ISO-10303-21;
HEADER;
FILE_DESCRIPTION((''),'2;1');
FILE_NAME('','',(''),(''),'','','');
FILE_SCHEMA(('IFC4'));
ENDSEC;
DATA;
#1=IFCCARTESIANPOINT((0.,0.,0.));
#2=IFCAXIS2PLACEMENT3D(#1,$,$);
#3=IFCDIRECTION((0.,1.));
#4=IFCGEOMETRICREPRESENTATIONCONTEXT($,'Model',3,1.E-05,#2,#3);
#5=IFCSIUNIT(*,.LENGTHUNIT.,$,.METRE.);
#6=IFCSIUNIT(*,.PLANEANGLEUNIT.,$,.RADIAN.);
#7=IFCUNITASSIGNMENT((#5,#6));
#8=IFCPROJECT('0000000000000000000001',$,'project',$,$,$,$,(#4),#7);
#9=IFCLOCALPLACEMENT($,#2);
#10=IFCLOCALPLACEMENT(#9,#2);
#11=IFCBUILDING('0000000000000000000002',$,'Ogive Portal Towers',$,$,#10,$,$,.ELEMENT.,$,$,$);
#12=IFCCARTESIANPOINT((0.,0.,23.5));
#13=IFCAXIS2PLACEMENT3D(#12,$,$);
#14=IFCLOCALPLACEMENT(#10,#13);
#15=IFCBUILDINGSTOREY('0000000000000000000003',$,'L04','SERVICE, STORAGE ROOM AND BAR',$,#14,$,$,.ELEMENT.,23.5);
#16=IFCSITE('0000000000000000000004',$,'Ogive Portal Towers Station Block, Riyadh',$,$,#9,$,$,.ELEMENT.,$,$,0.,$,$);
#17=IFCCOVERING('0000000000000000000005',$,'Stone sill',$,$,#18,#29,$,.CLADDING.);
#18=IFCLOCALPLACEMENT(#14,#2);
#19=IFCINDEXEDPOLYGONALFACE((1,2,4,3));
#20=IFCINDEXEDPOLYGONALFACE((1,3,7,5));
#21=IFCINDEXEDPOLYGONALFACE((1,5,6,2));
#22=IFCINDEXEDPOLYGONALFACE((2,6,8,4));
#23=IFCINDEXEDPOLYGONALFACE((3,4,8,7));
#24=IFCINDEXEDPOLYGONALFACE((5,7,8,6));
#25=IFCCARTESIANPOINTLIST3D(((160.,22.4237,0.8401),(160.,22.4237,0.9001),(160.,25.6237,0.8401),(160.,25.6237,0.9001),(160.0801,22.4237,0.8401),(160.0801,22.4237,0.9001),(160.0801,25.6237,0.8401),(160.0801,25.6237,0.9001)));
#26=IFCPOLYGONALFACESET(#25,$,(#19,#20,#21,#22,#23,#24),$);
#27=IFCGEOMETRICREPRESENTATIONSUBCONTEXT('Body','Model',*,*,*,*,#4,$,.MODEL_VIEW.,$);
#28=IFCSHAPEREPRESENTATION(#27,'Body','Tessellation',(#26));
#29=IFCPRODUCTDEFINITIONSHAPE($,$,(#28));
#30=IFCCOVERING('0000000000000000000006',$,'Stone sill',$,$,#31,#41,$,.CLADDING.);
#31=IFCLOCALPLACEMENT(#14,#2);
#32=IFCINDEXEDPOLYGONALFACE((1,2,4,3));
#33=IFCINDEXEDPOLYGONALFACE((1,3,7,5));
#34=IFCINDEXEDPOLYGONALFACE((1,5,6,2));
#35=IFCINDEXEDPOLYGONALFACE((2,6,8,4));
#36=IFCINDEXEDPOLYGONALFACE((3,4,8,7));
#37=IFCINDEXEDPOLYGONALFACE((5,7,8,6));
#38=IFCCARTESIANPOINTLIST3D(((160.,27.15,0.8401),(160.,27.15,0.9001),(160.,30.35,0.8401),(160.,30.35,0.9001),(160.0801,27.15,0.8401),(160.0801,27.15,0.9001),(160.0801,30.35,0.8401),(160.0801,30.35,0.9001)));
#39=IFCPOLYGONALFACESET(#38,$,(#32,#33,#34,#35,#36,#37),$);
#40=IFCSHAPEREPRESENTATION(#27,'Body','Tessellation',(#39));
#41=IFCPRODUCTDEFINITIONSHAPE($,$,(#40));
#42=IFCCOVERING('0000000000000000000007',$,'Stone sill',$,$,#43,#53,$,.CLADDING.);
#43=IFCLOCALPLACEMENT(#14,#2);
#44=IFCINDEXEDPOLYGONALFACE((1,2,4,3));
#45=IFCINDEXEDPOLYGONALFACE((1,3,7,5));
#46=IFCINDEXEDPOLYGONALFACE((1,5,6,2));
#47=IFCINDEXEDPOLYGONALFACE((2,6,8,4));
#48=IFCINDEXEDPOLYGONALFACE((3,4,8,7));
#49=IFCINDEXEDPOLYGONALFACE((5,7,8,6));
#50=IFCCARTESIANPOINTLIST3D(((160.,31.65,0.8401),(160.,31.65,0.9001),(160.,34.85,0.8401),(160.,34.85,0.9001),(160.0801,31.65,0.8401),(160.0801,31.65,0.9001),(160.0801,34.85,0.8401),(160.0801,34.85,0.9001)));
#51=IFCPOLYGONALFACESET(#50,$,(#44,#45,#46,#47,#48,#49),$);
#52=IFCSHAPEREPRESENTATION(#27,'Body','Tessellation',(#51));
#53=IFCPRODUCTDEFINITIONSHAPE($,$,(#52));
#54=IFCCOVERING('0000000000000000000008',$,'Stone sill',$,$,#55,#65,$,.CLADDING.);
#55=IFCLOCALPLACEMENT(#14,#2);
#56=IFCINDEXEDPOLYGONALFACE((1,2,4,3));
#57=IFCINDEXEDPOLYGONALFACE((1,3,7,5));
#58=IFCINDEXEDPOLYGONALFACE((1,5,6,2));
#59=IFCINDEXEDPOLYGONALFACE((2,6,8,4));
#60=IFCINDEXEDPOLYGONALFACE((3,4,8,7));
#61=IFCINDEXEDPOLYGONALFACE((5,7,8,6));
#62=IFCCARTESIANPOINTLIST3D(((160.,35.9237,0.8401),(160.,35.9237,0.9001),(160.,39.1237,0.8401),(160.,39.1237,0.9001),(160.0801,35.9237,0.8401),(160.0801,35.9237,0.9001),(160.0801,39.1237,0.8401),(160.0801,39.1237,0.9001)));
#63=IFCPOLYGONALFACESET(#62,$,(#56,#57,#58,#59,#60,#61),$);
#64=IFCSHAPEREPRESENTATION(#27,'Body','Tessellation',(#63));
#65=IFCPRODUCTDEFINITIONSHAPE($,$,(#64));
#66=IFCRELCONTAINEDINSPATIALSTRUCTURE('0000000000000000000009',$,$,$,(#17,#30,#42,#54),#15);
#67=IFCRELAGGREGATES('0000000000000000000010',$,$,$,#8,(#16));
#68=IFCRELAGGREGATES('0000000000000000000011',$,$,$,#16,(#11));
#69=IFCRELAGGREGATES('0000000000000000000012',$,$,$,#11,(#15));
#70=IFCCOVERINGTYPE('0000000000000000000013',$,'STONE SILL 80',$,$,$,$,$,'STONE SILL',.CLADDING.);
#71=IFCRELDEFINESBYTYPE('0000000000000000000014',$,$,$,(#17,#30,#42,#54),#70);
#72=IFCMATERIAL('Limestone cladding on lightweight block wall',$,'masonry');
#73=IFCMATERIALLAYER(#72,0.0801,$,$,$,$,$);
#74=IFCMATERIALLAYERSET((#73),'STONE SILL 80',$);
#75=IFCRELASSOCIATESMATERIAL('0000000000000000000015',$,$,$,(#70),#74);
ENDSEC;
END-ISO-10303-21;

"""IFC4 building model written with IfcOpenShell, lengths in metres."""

from ifc_helpers import new_model, si_unit, direction, frame, origin, origin_2d, place, context, subcontext, project, spatial, rectangle, extrude, material, layer, layer_set, type_object, element, save


model = new_model("IFC4")

# Units and contexts
model_context = context("Model", 3, precision=1e-05, world=origin(), true_north=direction((0.0, 1.0)))
body_context = subcontext(model_context, "Body", "Model", "MODEL_VIEW")
ifc_project = project(units=[si_unit("LENGTHUNIT", "METRE"), si_unit("PLANEANGLEUNIT", "RADIAN")], contexts=[model_context])

# Site, building, storey
site_placement = place(None, origin())
site = spatial("IfcSite", under=ifc_project, at=site_placement, Name="Ogive Portal Towers Station Block, Riyadh", CompositionType="ELEMENT", RefElevation=0.0)
building_placement = place(site_placement, origin())
building = spatial("IfcBuilding", under=site, at=building_placement, Name="Ogive Portal Towers", CompositionType="ELEMENT")
storey_placement = place(building_placement, frame((0.0, 0.0, 23.5)))
storey = spatial("IfcBuildingStorey", under=building, at=storey_placement, Name="L04", Description="SERVICE, STORAGE ROOM AND BAR", CompositionType="ELEMENT", Elevation=23.5)

# Coverings
ifc_material_1 = material(Name="Limestone cladding on lightweight block wall", Category="masonry")
ifc_layer_1 = layer(ifc_material_1, 0.0801)
ifc_layer_set_1 = layer_set([ifc_layer_1], Name="STONE SILL 80")
covering_type = type_object("IfcCoveringType", Name="STONE SILL 80", ElementType="STONE SILL", PredefinedType="CLADDING", material=ifc_layer_set_1)
for number, where, z_axis, x_axis, name in (
    (1, (160.04, 24.0237, 0.8401), (0.0, 0.0, 1.0), (0.0, 1.0, 0.0), "Stone sill"),
    (2, (160.04, 28.75, 0.8401), (0.0, 0.0, 1.0), (0.0, 1.0, 0.0), "Stone sill"),
    (3, (160.04, 33.25, 0.8401), (0.0, 0.0, 1.0), (0.0, 1.0, 0.0), "Stone sill"),
    (4, (160.04, 37.5237, 0.8401), (0.0, 0.0, 1.0), (0.0, 1.0, 0.0), "Stone sill"),
):
    element("IfcCovering", number, at=place(storey_placement, frame(where, z_axis=z_axis, x_axis=x_axis)), inside=storey, type_object=covering_type, Name=name, PredefinedType="CLADDING", context=body_context, shape_type="SweptSolid", body=[
        extrude(rectangle(XDim=3.2, YDim=0.0801, at=origin_2d()), origin(), (0.0, 0.0, 1.0), 0.0601),
    ])

save(model, "model.ifc")
